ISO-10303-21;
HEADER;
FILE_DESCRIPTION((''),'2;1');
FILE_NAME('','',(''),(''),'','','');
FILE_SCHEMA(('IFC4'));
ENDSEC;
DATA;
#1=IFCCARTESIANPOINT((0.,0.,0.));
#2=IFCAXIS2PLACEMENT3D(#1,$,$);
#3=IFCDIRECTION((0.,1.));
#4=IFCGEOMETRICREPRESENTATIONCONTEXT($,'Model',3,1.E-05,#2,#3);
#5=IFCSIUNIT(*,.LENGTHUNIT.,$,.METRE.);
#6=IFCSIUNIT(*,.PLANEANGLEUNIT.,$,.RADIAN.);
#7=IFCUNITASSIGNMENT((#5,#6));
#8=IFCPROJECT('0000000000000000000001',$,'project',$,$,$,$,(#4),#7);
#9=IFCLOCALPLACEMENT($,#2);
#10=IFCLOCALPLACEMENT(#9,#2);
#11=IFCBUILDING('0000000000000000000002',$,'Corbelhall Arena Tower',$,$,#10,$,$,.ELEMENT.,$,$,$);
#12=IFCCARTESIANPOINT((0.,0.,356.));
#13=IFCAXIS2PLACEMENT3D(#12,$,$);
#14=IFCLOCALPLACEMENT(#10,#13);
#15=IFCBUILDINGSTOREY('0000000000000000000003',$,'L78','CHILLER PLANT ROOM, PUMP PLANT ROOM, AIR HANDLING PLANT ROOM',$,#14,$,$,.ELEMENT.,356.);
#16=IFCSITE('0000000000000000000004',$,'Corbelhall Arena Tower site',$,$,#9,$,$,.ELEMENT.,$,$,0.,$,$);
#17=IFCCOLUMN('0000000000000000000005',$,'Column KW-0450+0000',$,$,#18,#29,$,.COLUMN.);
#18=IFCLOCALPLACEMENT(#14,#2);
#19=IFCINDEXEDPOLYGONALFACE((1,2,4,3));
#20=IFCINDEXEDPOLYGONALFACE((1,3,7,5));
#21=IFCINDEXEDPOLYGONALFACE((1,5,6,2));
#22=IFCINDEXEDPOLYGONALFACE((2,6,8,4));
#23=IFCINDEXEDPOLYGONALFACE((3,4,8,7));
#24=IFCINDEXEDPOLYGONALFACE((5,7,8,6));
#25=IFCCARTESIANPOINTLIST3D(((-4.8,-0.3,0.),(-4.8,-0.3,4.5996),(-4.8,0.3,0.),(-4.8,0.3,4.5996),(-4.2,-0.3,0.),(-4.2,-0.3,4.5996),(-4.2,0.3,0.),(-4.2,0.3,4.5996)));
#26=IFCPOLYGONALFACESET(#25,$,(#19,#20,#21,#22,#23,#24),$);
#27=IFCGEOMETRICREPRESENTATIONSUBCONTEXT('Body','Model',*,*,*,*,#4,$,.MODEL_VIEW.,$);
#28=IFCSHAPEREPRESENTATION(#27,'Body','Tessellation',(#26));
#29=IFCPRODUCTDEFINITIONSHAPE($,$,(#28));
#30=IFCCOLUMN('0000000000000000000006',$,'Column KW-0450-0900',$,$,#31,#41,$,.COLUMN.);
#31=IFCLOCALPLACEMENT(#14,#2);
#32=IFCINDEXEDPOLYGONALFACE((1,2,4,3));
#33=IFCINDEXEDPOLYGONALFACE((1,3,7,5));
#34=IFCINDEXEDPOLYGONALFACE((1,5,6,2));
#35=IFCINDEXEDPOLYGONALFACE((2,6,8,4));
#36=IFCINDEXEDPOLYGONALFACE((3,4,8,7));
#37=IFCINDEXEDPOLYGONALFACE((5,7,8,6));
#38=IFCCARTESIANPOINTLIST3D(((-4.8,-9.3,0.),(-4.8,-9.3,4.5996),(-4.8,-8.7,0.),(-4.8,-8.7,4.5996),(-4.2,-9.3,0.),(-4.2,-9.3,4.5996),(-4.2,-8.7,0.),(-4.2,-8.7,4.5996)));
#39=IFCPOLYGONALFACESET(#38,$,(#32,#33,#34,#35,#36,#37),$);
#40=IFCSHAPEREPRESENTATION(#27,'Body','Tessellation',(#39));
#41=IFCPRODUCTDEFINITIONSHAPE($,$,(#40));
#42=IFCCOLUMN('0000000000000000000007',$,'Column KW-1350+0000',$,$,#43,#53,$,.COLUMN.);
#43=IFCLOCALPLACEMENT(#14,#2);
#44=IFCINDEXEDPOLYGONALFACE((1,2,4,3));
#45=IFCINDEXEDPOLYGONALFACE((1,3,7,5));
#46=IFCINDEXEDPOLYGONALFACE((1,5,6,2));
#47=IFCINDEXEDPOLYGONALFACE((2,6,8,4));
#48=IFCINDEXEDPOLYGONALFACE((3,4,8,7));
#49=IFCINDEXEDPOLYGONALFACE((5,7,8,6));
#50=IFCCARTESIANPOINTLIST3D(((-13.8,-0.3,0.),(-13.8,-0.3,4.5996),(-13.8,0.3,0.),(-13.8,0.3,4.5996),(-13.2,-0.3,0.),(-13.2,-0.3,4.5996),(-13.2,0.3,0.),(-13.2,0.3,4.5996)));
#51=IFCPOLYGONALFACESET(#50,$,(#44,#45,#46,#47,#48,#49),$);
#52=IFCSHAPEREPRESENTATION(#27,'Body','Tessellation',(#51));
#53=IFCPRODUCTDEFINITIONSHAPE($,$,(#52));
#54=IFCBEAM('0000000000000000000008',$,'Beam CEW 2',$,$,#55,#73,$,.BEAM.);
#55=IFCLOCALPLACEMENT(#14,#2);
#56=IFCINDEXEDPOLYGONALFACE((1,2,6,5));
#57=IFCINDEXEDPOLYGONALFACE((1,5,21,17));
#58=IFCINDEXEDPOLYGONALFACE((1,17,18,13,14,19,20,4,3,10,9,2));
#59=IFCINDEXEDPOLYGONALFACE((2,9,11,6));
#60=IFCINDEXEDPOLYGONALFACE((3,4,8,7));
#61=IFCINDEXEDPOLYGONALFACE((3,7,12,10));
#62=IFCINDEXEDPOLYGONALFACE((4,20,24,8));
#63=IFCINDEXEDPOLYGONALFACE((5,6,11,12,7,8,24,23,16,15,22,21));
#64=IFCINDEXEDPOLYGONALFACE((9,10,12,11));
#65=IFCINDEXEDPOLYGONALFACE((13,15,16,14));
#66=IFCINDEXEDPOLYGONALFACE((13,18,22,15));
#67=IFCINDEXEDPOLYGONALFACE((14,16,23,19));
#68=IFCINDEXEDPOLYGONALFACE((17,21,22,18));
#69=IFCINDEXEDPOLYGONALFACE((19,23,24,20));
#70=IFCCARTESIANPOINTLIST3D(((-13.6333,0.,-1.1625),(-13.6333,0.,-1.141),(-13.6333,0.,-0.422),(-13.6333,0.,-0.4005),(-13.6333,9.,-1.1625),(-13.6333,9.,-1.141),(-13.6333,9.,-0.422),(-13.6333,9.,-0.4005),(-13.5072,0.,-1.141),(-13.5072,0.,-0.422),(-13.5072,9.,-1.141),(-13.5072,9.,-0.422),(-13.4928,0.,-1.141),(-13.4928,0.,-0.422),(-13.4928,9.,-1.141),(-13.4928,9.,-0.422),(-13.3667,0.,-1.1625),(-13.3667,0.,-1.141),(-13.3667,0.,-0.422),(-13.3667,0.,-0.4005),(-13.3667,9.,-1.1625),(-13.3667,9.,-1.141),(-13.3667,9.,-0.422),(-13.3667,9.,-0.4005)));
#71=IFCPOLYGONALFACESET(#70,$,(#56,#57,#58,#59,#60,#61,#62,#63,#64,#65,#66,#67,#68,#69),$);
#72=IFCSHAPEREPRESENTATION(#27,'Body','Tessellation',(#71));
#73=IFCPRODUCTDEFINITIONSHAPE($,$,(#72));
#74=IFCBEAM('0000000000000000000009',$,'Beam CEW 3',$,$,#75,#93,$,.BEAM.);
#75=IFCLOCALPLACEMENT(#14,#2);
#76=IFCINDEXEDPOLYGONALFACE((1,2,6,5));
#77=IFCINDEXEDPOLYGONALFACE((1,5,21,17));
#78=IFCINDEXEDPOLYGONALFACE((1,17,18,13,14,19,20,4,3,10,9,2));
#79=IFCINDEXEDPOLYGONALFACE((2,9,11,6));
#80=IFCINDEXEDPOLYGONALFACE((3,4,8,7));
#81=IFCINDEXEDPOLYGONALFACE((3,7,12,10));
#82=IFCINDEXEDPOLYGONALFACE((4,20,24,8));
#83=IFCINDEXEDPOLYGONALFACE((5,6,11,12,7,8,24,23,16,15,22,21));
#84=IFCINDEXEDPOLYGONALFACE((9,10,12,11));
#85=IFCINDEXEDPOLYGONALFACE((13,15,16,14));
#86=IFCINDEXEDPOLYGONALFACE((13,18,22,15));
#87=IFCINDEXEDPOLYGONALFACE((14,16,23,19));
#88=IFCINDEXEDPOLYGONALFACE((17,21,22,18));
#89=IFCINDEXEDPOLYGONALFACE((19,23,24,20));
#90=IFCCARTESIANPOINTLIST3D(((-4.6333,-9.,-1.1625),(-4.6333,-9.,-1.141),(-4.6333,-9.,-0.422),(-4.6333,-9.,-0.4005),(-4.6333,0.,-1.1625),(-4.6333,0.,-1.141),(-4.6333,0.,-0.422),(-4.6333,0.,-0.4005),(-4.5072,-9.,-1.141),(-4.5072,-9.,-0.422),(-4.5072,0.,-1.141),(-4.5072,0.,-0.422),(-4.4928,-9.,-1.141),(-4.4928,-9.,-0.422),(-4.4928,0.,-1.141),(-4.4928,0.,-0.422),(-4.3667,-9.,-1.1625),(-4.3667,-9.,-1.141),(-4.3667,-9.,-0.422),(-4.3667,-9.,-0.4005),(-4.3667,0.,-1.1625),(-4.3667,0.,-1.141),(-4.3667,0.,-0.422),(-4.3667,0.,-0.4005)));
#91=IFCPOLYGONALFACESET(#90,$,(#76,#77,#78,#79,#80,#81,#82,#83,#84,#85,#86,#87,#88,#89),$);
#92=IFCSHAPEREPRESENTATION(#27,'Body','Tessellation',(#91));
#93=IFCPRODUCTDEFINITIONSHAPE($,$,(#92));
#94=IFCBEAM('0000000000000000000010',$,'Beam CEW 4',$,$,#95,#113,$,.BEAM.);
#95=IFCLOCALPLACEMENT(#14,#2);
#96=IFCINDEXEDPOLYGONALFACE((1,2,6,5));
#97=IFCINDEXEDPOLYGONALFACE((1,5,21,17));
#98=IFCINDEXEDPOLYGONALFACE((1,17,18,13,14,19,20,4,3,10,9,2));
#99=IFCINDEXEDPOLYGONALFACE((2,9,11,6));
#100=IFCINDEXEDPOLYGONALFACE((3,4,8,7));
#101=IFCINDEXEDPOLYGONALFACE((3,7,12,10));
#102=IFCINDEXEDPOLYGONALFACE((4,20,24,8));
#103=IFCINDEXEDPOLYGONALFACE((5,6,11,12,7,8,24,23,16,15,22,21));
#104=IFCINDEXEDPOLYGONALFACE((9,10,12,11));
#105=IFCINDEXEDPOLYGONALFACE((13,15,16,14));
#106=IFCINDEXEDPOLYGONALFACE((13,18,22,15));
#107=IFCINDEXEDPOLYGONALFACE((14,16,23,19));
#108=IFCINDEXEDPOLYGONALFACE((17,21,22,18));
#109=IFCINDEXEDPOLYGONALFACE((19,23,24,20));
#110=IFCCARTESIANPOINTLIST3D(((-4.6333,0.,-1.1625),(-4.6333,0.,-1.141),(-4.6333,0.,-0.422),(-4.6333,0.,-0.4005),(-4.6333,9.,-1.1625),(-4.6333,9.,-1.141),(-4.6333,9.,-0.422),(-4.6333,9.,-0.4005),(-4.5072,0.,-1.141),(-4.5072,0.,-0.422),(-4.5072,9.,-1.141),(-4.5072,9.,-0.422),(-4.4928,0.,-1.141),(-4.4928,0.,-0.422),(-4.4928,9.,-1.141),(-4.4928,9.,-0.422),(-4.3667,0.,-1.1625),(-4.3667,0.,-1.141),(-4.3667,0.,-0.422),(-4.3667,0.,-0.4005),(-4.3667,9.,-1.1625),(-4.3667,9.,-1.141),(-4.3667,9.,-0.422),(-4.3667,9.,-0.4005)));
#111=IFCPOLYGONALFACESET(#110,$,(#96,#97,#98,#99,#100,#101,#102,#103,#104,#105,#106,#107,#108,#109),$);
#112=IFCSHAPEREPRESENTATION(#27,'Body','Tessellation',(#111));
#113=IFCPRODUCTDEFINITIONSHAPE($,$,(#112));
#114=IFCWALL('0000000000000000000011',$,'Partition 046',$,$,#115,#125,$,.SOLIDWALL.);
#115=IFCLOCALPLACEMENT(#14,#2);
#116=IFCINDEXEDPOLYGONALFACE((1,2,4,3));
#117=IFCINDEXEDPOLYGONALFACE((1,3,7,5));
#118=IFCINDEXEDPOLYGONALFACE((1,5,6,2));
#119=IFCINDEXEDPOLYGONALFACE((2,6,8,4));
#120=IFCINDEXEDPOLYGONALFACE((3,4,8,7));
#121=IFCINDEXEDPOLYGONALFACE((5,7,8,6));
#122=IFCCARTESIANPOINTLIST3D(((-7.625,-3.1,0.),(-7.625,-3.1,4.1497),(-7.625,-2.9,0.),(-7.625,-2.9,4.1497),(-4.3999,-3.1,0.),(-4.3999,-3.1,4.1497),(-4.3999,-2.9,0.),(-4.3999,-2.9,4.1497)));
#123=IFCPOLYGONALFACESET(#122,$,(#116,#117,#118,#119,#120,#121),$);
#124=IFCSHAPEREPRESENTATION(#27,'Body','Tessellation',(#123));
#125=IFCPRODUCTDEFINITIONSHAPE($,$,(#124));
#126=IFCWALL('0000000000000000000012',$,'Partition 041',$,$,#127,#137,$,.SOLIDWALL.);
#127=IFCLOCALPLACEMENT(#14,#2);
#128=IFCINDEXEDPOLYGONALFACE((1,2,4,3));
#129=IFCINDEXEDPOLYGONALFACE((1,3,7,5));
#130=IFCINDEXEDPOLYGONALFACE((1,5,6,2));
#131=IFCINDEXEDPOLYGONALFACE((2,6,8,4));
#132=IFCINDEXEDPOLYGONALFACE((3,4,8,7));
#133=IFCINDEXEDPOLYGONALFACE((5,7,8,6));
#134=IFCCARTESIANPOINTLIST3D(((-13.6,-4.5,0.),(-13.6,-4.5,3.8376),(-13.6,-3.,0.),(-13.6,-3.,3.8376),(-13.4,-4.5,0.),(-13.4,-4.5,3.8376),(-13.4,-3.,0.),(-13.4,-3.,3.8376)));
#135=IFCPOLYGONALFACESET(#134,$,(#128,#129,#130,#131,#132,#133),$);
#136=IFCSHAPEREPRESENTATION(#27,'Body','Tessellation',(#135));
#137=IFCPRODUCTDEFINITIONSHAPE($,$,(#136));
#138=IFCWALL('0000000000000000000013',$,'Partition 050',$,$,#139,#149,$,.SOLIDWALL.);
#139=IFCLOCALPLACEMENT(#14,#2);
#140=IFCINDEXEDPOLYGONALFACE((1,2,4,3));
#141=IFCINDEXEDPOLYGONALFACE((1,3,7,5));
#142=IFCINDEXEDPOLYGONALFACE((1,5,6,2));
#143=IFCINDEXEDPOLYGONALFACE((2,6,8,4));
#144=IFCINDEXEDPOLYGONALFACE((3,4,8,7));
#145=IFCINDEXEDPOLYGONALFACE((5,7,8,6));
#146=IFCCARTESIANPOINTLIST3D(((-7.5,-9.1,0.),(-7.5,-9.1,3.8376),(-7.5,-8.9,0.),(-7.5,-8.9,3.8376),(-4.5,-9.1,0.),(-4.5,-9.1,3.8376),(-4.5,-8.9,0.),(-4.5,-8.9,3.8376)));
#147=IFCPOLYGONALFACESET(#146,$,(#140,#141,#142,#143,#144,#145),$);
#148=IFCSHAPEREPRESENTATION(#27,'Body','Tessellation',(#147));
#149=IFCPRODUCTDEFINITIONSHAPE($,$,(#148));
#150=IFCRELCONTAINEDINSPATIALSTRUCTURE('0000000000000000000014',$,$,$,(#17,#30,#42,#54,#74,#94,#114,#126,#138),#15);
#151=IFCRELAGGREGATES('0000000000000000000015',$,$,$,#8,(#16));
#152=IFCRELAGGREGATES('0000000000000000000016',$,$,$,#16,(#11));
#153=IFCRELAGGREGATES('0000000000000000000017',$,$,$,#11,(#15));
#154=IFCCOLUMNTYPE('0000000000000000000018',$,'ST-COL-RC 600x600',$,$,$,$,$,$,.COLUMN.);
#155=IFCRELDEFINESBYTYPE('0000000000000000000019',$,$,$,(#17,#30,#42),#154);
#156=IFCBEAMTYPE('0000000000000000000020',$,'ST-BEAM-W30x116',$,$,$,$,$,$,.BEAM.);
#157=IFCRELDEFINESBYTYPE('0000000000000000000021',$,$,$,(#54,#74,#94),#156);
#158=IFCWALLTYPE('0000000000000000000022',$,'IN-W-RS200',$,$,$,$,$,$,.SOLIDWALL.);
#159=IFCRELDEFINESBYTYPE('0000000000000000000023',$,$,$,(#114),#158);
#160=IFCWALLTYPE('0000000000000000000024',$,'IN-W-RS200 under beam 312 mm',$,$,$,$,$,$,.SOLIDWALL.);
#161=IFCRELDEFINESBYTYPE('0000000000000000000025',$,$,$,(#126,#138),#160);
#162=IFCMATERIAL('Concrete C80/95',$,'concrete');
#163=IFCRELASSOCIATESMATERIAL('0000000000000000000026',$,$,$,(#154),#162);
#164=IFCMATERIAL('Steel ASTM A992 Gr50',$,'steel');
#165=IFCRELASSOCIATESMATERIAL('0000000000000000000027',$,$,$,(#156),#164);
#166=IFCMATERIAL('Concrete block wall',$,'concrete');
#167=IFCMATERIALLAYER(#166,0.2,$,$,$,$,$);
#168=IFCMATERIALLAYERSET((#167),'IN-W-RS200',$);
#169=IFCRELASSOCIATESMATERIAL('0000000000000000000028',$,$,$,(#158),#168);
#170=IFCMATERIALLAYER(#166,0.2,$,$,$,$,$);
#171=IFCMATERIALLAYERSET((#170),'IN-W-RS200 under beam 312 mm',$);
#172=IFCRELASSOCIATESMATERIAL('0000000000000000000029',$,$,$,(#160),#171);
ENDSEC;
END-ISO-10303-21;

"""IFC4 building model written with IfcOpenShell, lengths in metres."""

from ifc_helpers import new_model, si_unit, direction, frame, frame_2d, origin, origin_2d, place, context, subcontext, project, spatial, rectangle, i_section, extrude, material, layer, layer_set, material_profile, profile_set, type_object, element, save


model = new_model("IFC4")

# Units and contexts
model_context = context("Model", 3, precision=1e-05, world=origin(), true_north=direction((0.0, 1.0)))
body_context = subcontext(model_context, "Body", "Model", "MODEL_VIEW")
ifc_project = project(units=[si_unit("LENGTHUNIT", "METRE"), si_unit("PLANEANGLEUNIT", "RADIAN")], contexts=[model_context])

# Site, building, storey
site_placement = place(None, origin())
site = spatial("IfcSite", under=ifc_project, at=site_placement, Name="Corbelhall Arena Tower site", CompositionType="ELEMENT", RefElevation=0.0)
building_placement = place(site_placement, origin())
building = spatial("IfcBuilding", under=site, at=building_placement, Name="Corbelhall Arena Tower", CompositionType="ELEMENT")
storey_placement = place(building_placement, frame((0.0, 0.0, 356.0)))
storey = spatial("IfcBuildingStorey", under=building, at=storey_placement, Name="L78", Description="CHILLER PLANT ROOM, PUMP PLANT ROOM, AIR HANDLING PLANT ROOM", CompositionType="ELEMENT", Elevation=356.0)

# Columns
ifc_material_1 = material(Name="Concrete C80/95", Category="concrete")
ifc_material_profile_1 = material_profile(ifc_material_1, rectangle(XDim=0.6001, YDim=0.6001, at=origin_2d()))
ifc_profile_set_1 = profile_set([ifc_material_profile_1], Name="Concrete C80/95")
column_type = type_object("IfcColumnType", Name="ST-COL-RC 600x600", PredefinedType="COLUMN", material=ifc_profile_set_1)
for number, where, z_axis, x_axis, name in (
    (1, (-4.5, 0.0, 0.0), (0.0, 0.0, 1.0), (1.0, 0.0, 0.0), "Column KW-0450+0000"),
    (2, (-4.5, -9.0, 0.0), (0.0, 0.0, 1.0), (1.0, 0.0, 0.0), "Column KW-0450-0900"),
    (3, (-13.5, 0.0, 0.0), (0.0, 0.0, 1.0), (1.0, 0.0, 0.0), "Column KW-1350+0000"),
):
    element("IfcColumn", number, at=place(storey_placement, frame(where, z_axis=z_axis, x_axis=x_axis)), inside=storey, type_object=column_type, Name=name, PredefinedType="COLUMN", context=body_context, shape_type="SweptSolid", body=[
        extrude(rectangle(XDim=0.6001, YDim=0.6001, at=origin_2d()), origin(), (0.0, 0.0, 1.0), 4.5996),
    ])

# Beams
ifc_material_2 = material(Name="Steel ASTM A992 Gr50", Category="steel")
ifc_material_profile_2 = material_profile(ifc_material_2, i_section(OverallWidth=0.2666, OverallDepth=0.762, WebThickness=0.0144, FlangeThickness=0.0215, at=origin_2d()))
ifc_profile_set_2 = profile_set([ifc_material_profile_2], Name="Steel ASTM A992 Gr50")
beam_type = type_object("IfcBeamType", Name="ST-BEAM-W30x116", PredefinedType="BEAM", material=ifc_profile_set_2)
for number, where, z_axis, x_axis, name in (
    (4, (-13.5, 0.0, -0.7815), (0.0, 1.0, 0.0), (-1.0, 0.0, 0.0), "Beam CEW 2"),
    (5, (-4.5, -9.0, -0.7815), (0.0, 1.0, 0.0), (-1.0, 0.0, 0.0), "Beam CEW 3"),
    (6, (-4.5, 0.0, -0.7815), (0.0, 1.0, 0.0), (-1.0, 0.0, 0.0), "Beam CEW 4"),
):
    element("IfcBeam", number, at=place(storey_placement, frame(where, z_axis=z_axis, x_axis=x_axis)), inside=storey, type_object=beam_type, Name=name, PredefinedType="BEAM", context=body_context, shape_type="SweptSolid", body=[
        extrude(i_section(OverallWidth=0.2666, OverallDepth=0.762, WebThickness=0.0144, FlangeThickness=0.0215, at=origin_2d()), origin(), (0.0, 0.0, 1.0), 9.0),
    ])

# Shared definitions
ifc_material_3 = material(Name="Concrete block wall", Category="concrete")
ifc_layer_1 = layer(ifc_material_3, 0.2)
ifc_layer_set_1 = layer_set([ifc_layer_1], Name="IN-W-RS200")
wall_type_1 = type_object("IfcWallType", Name="IN-W-RS200", PredefinedType="SOLIDWALL", material=ifc_layer_set_1)

# Walls
wall_1_placement = place(storey_placement, frame((-7.625, -3.0, 0.0), z_axis=(0.0, 0.0, 1.0), x_axis=(1.0, 0.0, 0.0)))
element("IfcWall", 7, at=wall_1_placement, inside=storey, type_object=wall_type_1, Name="Partition 046", PredefinedType="SOLIDWALL", context=body_context, shape_type="SweptSolid", body=[
    extrude(rectangle(XDim=3.2251, YDim=0.2, at=frame_2d((1.6125, 0.0))), origin(), (0.0, 0.0, 1.0), 4.1497),
])
ifc_layer_2 = layer(ifc_material_3, 0.2)
ifc_layer_set_2 = layer_set([ifc_layer_2], Name="IN-W-RS200 under beam 312 mm")
wall_type_2 = type_object("IfcWallType", Name="IN-W-RS200 under beam 312 mm", PredefinedType="SOLIDWALL", material=ifc_layer_set_2)
wall_2_placement = place(storey_placement, frame((-13.5, -4.5, 0.0), z_axis=(0.0, 0.0, 1.0), x_axis=(0.0, 1.0, 0.0)))
element("IfcWall", 8, at=wall_2_placement, inside=storey, type_object=wall_type_2, Name="Partition 041", PredefinedType="SOLIDWALL", context=body_context, shape_type="SweptSolid", body=[
    extrude(rectangle(XDim=1.5, YDim=0.2, at=frame_2d((0.75, 0.0))), origin(), (0.0, 0.0, 1.0), 3.8376),
])
wall_3_placement = place(storey_placement, frame((-4.5, -9.0, 0.0), z_axis=(0.0, 0.0, 1.0), x_axis=(-1.0, 0.0, 0.0)))
element("IfcWall", 9, at=wall_3_placement, inside=storey, type_object=wall_type_2, Name="Partition 050", PredefinedType="SOLIDWALL", context=body_context, shape_type="SweptSolid", body=[
    extrude(rectangle(XDim=3.0, YDim=0.2, at=frame_2d((1.5, 0.0))), origin(), (0.0, 0.0, 1.0), 3.8376),
])

save(model, "model.ifc")
